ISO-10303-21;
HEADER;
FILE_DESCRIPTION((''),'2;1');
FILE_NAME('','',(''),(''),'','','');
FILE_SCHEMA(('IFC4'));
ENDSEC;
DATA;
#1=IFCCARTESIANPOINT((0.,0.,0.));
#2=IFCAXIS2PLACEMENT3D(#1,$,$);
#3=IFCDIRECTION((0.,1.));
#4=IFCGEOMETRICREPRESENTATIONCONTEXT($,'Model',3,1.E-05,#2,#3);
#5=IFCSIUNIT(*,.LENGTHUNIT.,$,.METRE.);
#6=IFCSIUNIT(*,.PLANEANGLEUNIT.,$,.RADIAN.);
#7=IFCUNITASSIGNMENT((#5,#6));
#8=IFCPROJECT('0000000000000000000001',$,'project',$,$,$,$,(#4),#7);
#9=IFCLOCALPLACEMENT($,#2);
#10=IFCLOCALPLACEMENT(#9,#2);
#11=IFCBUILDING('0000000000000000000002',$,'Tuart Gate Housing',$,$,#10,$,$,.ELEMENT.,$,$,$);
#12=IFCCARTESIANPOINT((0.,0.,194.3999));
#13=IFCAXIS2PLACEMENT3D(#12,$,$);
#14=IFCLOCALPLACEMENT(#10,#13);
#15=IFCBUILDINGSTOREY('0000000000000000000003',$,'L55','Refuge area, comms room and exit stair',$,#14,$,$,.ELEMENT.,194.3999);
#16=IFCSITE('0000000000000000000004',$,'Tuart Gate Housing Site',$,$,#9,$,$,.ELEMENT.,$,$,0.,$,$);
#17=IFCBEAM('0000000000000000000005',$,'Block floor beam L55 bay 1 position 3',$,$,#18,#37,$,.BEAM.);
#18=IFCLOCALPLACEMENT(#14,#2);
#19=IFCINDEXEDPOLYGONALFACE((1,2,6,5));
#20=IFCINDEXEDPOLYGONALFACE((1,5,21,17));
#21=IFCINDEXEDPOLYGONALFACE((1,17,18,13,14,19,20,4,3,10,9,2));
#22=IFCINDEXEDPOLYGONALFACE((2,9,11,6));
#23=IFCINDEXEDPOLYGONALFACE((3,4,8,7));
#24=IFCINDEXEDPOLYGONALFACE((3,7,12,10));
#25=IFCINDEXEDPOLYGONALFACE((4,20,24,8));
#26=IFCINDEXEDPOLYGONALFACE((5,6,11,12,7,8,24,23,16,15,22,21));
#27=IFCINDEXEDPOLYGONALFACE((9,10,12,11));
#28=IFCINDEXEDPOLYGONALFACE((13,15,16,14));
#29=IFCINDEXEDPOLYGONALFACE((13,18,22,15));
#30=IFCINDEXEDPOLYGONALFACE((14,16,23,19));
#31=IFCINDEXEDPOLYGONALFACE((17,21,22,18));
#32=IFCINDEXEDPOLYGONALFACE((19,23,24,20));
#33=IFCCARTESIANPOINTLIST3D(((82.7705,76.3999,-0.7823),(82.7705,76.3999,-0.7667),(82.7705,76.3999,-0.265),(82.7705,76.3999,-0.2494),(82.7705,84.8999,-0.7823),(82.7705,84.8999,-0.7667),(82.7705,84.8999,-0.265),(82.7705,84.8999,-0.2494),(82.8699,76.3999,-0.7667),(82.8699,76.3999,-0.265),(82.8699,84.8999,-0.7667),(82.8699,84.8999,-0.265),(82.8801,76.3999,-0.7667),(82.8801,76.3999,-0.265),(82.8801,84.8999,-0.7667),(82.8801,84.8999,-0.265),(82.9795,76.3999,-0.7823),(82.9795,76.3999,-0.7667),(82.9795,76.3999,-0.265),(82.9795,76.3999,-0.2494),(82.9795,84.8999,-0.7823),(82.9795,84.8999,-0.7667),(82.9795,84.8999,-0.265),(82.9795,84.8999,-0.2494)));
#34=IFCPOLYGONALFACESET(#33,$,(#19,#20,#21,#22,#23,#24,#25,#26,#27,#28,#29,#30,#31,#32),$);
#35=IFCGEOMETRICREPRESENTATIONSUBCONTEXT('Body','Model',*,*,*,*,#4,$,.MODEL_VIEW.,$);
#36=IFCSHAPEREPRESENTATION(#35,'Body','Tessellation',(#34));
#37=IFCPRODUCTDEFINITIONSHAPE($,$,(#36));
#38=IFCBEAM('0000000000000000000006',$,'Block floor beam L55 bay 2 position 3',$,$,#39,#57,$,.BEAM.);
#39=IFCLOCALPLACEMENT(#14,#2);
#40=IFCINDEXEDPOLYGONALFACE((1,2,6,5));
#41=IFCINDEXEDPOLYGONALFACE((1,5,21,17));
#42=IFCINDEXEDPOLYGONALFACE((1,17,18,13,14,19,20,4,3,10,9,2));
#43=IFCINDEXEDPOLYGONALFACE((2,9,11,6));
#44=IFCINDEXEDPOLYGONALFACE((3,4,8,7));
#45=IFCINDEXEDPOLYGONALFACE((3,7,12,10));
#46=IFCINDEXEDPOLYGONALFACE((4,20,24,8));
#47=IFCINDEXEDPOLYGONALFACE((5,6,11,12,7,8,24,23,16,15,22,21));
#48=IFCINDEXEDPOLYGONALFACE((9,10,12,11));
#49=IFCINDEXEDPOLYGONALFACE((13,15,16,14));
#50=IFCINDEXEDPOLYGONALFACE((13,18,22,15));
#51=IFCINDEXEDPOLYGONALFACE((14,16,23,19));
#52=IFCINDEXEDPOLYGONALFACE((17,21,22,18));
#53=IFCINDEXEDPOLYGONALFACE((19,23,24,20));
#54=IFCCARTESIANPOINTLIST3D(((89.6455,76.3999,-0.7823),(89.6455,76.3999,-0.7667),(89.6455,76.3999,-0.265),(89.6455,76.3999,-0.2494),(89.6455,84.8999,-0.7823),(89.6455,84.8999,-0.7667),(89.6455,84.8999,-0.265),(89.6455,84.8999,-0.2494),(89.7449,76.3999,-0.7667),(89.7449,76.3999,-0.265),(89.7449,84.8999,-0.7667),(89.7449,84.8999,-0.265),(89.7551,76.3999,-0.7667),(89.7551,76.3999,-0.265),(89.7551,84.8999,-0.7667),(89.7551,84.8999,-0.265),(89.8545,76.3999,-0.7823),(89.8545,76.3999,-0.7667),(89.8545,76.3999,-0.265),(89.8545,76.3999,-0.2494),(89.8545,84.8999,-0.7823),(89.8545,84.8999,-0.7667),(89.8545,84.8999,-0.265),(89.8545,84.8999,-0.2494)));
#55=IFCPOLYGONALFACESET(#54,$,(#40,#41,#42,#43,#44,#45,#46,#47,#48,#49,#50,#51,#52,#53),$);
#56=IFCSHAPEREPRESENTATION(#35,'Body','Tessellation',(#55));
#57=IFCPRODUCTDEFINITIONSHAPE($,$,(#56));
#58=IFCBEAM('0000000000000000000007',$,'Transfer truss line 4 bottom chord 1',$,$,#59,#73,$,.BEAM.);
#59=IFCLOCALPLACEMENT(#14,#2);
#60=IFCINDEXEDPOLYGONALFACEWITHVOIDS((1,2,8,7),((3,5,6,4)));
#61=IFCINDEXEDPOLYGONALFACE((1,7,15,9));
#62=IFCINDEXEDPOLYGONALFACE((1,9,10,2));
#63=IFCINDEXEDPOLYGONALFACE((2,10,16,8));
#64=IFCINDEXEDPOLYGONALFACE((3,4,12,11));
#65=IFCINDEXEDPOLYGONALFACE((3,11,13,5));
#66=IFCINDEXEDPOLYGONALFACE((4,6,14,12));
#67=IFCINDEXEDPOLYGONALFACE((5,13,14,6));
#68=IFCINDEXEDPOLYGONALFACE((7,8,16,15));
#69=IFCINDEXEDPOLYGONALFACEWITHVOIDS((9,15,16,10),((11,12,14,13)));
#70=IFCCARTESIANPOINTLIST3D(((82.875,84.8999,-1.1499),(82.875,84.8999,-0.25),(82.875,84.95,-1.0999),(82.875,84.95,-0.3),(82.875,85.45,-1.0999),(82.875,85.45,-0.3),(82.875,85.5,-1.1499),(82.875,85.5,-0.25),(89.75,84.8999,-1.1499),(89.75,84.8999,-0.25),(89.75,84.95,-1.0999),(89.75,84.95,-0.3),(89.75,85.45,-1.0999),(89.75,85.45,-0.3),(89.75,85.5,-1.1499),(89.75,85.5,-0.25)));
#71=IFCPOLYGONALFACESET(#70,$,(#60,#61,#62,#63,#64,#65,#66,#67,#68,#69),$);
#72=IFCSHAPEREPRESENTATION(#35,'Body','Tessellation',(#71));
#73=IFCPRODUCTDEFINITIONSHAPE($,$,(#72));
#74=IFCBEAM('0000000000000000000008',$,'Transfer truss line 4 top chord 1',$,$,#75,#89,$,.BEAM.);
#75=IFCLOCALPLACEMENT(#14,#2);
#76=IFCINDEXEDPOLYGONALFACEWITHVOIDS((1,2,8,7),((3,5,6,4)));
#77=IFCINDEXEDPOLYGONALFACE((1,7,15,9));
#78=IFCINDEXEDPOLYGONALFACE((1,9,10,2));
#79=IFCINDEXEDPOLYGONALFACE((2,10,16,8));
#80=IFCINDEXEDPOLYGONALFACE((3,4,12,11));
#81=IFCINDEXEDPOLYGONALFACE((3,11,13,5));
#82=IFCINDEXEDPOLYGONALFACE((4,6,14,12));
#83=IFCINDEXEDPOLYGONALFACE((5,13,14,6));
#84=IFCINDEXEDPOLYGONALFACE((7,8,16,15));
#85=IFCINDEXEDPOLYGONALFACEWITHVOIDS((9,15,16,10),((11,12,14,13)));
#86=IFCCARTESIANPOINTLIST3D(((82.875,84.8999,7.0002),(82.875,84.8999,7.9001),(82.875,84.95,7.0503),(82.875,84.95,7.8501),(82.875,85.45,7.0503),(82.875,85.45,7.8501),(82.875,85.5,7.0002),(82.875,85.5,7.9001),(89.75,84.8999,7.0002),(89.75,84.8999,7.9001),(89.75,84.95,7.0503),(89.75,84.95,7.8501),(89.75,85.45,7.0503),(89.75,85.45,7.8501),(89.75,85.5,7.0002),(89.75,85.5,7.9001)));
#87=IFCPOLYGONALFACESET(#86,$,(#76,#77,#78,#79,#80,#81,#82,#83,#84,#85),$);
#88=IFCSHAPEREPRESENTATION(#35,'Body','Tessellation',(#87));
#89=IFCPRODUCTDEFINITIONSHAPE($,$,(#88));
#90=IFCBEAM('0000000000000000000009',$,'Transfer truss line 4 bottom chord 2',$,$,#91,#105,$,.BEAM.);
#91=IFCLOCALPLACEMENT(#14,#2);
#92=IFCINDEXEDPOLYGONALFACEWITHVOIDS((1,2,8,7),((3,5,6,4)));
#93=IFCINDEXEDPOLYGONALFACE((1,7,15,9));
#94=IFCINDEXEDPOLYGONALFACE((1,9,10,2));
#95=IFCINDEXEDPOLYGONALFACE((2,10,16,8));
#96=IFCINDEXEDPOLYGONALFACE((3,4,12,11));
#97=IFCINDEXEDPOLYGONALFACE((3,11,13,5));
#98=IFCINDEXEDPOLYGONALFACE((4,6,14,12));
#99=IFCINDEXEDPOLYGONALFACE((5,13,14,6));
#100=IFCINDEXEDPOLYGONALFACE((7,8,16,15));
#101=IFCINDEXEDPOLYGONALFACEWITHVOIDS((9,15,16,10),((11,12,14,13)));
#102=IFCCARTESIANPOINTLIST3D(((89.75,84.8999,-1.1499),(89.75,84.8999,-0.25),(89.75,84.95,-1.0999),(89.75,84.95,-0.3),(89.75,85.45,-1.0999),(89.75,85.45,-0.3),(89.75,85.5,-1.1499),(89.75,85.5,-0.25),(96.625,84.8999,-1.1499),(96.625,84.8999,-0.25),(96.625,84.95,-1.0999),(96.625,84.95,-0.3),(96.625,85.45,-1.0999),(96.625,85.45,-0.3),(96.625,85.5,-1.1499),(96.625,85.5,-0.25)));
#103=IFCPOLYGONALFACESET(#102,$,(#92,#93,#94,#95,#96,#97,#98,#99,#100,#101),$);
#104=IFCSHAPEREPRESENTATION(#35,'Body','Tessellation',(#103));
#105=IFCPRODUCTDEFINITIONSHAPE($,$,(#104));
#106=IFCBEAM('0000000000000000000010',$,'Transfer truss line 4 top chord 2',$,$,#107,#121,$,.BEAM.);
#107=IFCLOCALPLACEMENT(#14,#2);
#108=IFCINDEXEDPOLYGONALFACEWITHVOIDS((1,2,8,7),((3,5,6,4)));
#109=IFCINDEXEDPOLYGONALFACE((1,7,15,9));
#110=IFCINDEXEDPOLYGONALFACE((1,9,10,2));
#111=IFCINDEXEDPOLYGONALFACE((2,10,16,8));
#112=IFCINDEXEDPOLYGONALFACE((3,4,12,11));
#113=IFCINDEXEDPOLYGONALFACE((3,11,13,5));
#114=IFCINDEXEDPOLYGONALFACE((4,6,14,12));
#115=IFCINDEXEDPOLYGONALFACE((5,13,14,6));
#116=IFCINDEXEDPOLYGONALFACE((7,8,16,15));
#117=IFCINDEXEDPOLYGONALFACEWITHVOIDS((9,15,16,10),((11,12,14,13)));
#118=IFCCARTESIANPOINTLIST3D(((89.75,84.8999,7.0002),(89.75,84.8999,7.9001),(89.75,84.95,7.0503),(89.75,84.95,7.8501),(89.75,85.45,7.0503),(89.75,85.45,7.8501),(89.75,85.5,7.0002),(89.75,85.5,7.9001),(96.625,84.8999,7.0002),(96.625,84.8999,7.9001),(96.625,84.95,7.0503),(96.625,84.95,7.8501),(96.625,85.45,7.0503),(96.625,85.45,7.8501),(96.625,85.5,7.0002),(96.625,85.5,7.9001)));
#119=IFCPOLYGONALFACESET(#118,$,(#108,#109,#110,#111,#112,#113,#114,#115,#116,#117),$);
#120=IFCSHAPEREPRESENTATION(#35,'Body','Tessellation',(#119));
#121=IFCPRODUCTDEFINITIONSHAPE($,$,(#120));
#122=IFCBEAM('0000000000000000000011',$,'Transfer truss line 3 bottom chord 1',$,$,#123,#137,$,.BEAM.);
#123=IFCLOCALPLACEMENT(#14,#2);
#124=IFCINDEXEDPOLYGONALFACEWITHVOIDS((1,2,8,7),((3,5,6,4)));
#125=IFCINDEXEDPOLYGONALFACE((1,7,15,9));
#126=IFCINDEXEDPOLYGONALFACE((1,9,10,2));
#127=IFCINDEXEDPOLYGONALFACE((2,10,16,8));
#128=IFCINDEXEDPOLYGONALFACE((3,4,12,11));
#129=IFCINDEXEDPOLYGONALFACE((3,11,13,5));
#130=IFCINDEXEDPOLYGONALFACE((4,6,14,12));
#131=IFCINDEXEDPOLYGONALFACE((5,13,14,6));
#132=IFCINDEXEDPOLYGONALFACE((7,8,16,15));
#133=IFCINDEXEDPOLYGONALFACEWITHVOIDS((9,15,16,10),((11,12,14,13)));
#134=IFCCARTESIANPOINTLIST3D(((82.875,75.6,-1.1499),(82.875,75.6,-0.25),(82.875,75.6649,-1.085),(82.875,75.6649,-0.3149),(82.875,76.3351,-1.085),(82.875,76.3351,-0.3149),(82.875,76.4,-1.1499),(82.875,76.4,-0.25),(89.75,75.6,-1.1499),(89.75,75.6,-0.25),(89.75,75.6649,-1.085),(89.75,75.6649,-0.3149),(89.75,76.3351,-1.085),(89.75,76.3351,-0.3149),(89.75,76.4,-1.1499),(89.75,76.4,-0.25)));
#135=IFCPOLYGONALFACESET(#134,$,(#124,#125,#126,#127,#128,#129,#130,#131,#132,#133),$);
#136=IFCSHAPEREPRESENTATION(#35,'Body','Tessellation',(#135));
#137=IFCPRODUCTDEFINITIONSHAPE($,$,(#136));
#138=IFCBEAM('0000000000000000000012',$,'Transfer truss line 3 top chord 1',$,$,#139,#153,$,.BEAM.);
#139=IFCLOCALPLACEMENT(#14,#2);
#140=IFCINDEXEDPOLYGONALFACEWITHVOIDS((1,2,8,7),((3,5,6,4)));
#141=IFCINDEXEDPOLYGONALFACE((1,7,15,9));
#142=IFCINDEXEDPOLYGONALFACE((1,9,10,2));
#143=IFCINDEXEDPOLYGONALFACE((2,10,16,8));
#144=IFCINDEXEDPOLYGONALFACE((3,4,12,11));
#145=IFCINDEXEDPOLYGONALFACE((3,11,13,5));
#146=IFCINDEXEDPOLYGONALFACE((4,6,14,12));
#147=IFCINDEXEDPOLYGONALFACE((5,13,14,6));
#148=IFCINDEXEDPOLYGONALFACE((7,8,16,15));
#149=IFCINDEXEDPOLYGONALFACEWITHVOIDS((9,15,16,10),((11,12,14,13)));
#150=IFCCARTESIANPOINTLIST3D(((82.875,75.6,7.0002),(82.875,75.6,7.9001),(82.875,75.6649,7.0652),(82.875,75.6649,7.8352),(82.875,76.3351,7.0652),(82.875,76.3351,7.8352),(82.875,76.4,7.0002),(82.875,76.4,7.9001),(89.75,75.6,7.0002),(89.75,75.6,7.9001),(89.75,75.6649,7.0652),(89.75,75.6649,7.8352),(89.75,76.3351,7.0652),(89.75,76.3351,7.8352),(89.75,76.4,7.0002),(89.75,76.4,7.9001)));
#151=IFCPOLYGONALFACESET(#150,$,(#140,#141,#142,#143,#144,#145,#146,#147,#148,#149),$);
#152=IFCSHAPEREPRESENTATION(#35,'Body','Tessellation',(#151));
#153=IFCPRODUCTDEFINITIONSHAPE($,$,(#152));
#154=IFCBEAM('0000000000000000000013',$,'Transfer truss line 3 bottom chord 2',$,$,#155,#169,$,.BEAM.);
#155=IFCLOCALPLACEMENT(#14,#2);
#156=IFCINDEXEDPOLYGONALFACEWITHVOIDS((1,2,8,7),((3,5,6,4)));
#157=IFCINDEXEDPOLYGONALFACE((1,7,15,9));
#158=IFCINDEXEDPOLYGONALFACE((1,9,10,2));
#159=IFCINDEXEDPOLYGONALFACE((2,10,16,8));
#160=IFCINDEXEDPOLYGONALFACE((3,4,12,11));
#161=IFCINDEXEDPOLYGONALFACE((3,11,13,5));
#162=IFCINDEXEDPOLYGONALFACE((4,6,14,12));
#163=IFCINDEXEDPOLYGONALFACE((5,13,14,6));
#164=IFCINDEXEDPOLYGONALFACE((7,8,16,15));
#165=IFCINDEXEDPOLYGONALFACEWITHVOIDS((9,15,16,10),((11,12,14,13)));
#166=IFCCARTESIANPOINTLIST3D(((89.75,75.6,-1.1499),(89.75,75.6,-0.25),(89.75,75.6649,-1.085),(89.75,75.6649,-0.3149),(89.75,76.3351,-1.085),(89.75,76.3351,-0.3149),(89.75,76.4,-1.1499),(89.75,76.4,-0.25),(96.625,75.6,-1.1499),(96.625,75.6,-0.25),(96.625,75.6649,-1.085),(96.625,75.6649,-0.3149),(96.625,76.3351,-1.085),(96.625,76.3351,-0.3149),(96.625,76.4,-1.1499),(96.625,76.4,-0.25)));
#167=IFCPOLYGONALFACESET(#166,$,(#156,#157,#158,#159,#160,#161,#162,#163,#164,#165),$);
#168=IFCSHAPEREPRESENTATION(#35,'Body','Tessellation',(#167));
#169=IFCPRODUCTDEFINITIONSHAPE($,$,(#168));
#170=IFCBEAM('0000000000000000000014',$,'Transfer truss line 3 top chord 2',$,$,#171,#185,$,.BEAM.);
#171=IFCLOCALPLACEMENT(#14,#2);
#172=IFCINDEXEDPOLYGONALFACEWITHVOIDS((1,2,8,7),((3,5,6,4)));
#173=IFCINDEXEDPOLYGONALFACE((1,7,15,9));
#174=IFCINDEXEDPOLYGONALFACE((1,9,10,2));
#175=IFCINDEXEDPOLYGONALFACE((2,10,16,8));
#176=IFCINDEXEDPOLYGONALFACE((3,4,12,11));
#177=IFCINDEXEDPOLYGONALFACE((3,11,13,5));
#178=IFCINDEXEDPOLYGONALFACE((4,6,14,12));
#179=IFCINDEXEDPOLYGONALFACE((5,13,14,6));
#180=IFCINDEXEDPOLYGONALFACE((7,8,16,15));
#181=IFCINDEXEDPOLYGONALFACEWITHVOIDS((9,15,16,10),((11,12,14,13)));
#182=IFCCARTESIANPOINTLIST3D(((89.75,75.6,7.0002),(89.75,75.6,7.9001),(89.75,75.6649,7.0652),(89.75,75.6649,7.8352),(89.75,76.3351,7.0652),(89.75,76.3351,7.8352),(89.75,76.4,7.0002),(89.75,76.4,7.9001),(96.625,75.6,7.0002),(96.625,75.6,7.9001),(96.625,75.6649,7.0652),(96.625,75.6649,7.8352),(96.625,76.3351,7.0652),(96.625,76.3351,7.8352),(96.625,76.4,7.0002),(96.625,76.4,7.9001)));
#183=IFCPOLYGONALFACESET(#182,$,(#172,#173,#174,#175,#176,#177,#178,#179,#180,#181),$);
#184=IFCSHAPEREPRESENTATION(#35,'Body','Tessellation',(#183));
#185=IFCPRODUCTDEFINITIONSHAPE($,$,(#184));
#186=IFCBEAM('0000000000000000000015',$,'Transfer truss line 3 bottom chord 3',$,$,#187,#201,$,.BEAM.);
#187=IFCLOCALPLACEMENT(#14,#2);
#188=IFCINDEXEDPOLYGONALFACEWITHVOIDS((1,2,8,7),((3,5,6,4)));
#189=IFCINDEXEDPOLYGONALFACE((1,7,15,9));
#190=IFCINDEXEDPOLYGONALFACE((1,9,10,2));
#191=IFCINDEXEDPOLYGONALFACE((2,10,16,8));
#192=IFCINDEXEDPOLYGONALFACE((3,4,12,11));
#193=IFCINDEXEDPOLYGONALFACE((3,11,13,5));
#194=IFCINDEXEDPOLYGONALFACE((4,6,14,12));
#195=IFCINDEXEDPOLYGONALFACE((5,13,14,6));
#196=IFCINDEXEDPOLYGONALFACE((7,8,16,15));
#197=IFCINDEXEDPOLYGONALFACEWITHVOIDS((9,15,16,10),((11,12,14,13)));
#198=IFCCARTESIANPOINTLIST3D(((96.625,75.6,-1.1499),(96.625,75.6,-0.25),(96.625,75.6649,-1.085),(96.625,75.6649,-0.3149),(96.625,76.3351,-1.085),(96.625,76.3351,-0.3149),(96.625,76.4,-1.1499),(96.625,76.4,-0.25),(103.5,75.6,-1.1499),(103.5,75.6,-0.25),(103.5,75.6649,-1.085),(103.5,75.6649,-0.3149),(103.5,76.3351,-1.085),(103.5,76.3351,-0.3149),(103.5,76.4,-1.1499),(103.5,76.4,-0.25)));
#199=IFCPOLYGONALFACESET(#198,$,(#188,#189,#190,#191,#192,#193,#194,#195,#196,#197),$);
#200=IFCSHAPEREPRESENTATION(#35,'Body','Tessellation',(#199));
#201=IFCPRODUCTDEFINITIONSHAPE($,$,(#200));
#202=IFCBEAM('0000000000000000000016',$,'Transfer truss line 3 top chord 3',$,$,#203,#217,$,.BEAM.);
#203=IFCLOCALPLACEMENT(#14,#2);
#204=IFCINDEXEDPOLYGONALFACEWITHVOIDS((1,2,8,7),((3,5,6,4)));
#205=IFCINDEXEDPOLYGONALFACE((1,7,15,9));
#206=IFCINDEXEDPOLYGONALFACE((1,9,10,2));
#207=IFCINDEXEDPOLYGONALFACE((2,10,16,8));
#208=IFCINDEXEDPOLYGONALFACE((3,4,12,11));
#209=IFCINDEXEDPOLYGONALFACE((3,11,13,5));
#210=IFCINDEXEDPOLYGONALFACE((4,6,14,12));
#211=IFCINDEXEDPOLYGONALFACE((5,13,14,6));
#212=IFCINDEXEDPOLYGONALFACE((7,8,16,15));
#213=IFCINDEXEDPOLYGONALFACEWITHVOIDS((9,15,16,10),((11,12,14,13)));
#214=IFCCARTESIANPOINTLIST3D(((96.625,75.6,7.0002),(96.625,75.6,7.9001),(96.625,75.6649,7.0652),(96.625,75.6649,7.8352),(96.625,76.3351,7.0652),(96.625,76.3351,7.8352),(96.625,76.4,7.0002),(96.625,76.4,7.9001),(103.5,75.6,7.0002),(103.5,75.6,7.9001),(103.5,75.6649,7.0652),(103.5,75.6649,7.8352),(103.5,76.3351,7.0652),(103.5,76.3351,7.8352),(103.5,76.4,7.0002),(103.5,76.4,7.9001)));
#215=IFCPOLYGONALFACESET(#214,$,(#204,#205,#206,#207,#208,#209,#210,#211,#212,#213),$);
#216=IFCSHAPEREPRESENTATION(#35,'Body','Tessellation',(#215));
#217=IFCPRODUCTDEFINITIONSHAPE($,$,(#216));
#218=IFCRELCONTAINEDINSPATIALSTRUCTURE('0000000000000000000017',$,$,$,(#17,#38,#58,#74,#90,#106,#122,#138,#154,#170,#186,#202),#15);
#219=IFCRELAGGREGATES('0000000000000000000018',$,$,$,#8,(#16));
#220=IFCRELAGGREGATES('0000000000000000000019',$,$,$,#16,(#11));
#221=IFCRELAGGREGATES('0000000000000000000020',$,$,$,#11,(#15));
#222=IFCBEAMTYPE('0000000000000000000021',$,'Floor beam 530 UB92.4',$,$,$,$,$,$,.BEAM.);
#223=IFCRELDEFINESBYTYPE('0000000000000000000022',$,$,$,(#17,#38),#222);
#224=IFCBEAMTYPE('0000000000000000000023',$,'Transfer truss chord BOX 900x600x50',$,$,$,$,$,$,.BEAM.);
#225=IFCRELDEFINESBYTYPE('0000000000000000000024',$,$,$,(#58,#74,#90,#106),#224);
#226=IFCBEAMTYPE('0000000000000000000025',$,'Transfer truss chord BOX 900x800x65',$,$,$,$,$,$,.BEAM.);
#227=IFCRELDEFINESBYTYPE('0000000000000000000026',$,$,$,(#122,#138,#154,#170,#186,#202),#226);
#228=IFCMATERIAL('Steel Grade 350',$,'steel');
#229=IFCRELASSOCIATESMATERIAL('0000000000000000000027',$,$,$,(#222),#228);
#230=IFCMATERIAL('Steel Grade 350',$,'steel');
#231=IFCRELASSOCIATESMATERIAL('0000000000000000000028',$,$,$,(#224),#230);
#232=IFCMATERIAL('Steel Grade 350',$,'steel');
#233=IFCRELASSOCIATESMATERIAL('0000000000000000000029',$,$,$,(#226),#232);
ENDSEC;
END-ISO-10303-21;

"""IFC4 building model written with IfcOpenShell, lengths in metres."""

from ifc_helpers import new_model, si_unit, direction, frame, origin, origin_2d, place, context, subcontext, project, spatial, hollow_rectangle, i_section, extrude, material, material_profile, profile_set, type_object, element, save


model = new_model("IFC4")

# Units and contexts
model_context = context("Model", 3, precision=1e-05, world=origin(), true_north=direction((0.0, 1.0)))
body_context = subcontext(model_context, "Body", "Model", "MODEL_VIEW")
ifc_project = project(units=[si_unit("LENGTHUNIT", "METRE"), si_unit("PLANEANGLEUNIT", "RADIAN")], contexts=[model_context])

# Site, building, storey
site_placement = place(None, origin())
site = spatial("IfcSite", under=ifc_project, at=site_placement, Name="Tuart Gate Housing Site", CompositionType="ELEMENT", RefElevation=0.0)
building_placement = place(site_placement, origin())
building = spatial("IfcBuilding", under=site, at=building_placement, Name="Tuart Gate Housing", CompositionType="ELEMENT")
storey_placement = place(building_placement, frame((0.0, 0.0, 194.3999)))
storey = spatial("IfcBuildingStorey", under=building, at=storey_placement, Name="L55", Description="Refuge area, comms room and exit stair", CompositionType="ELEMENT", Elevation=194.3999)

# Beams
ifc_material_1 = material(Name="Steel Grade 350", Category="steel")
ifc_material_profile_1 = material_profile(ifc_material_1, i_section(OverallWidth=0.209, OverallDepth=0.533, WebThickness=0.0103, FlangeThickness=0.0156, at=origin_2d()), Name="530UB92.4")
ifc_profile_set_1 = profile_set([ifc_material_profile_1], Name="Steel Grade 350")
beam_type_1 = type_object("IfcBeamType", Name="Floor beam 530 UB92.4", PredefinedType="BEAM", material=ifc_profile_set_1)
for number, where, z_axis, x_axis, name in (
    (1, (82.875, 76.3999, -0.5159), (0.0, 1.0, 0.0), (-1.0, 0.0, 0.0), "Block floor beam L55 bay 1 position 3"),
    (2, (89.75, 76.3999, -0.5159), (0.0, 1.0, 0.0), (-1.0, 0.0, 0.0), "Block floor beam L55 bay 2 position 3"),
):
    element("IfcBeam", number, at=place(storey_placement, frame(where, z_axis=z_axis, x_axis=x_axis)), inside=storey, type_object=beam_type_1, Name=name, PredefinedType="BEAM", context=body_context, shape_type="SweptSolid", body=[
        extrude(i_section(OverallWidth=0.209, OverallDepth=0.533, WebThickness=0.0103, FlangeThickness=0.0156, at=origin_2d()), origin(), (0.0, 0.0, 1.0), 8.5),
    ])
ifc_material_2 = material(Name="Steel Grade 350", Category="steel")
ifc_material_profile_2 = material_profile(ifc_material_2, hollow_rectangle(XDim=0.6001, YDim=0.8999, WallThickness=0.05, at=origin_2d()), Name="BOX 900x600x50")
ifc_profile_set_2 = profile_set([ifc_material_profile_2], Name="Steel Grade 350")
beam_type_2 = type_object("IfcBeamType", Name="Transfer truss chord BOX 900x600x50", PredefinedType="BEAM", material=ifc_profile_set_2)
for number, where, z_axis, x_axis, name in (
    (3, (82.875, 85.2, -0.7), (1.0, 0.0, 0.0), (0.0, 1.0, 0.0), "Transfer truss line 4 bottom chord 1"),
    (4, (82.875, 85.2, 7.4502), (1.0, 0.0, 0.0), (0.0, 1.0, 0.0), "Transfer truss line 4 top chord 1"),
    (5, (89.75, 85.2, -0.7), (1.0, 0.0, 0.0), (0.0, 1.0, 0.0), "Transfer truss line 4 bottom chord 2"),
    (6, (89.75, 85.2, 7.4502), (1.0, 0.0, 0.0), (0.0, 1.0, 0.0), "Transfer truss line 4 top chord 2"),
):
    element("IfcBeam", number, at=place(storey_placement, frame(where, z_axis=z_axis, x_axis=x_axis)), inside=storey, type_object=beam_type_2, Name=name, PredefinedType="BEAM", context=body_context, shape_type="SweptSolid", body=[
        extrude(hollow_rectangle(XDim=0.6001, YDim=0.8999, WallThickness=0.05, at=origin_2d()), origin(), (0.0, 0.0, 1.0), 6.875),
    ])
ifc_material_3 = material(Name="Steel Grade 350", Category="steel")
ifc_material_profile_3 = material_profile(ifc_material_3, hollow_rectangle(XDim=0.8, YDim=0.8999, WallThickness=0.0649, at=origin_2d()), Name="BOX 900x800x65")
ifc_profile_set_3 = profile_set([ifc_material_profile_3], Name="Steel Grade 350")
beam_type_3 = type_object("IfcBeamType", Name="Transfer truss chord BOX 900x800x65", PredefinedType="BEAM", material=ifc_profile_set_3)
for number, where, z_axis, x_axis, name in (
    (7, (82.875, 76.0, -0.7), (1.0, 0.0, 0.0), (0.0, 1.0, 0.0), "Transfer truss line 3 bottom chord 1"),
    (8, (82.875, 76.0, 7.4502), (1.0, 0.0, 0.0), (0.0, 1.0, 0.0), "Transfer truss line 3 top chord 1"),
    (9, (89.75, 76.0, -0.7), (1.0, 0.0, 0.0), (0.0, 1.0, 0.0), "Transfer truss line 3 bottom chord 2"),
    (10, (89.75, 76.0, 7.4502), (1.0, 0.0, 0.0), (0.0, 1.0, 0.0), "Transfer truss line 3 top chord 2"),
    (11, (96.625, 76.0, -0.7), (1.0, 0.0, 0.0), (0.0, 1.0, 0.0), "Transfer truss line 3 bottom chord 3"),
    (12, (96.625, 76.0, 7.4502), (1.0, 0.0, 0.0), (0.0, 1.0, 0.0), "Transfer truss line 3 top chord 3"),
):
    element("IfcBeam", number, at=place(storey_placement, frame(where, z_axis=z_axis, x_axis=x_axis)), inside=storey, type_object=beam_type_3, Name=name, PredefinedType="BEAM", context=body_context, shape_type="SweptSolid", body=[
        extrude(hollow_rectangle(XDim=0.8, YDim=0.8999, WallThickness=0.0649, at=origin_2d()), origin(), (0.0, 0.0, 1.0), 6.875),
    ])

save(model, "model.ifc")
